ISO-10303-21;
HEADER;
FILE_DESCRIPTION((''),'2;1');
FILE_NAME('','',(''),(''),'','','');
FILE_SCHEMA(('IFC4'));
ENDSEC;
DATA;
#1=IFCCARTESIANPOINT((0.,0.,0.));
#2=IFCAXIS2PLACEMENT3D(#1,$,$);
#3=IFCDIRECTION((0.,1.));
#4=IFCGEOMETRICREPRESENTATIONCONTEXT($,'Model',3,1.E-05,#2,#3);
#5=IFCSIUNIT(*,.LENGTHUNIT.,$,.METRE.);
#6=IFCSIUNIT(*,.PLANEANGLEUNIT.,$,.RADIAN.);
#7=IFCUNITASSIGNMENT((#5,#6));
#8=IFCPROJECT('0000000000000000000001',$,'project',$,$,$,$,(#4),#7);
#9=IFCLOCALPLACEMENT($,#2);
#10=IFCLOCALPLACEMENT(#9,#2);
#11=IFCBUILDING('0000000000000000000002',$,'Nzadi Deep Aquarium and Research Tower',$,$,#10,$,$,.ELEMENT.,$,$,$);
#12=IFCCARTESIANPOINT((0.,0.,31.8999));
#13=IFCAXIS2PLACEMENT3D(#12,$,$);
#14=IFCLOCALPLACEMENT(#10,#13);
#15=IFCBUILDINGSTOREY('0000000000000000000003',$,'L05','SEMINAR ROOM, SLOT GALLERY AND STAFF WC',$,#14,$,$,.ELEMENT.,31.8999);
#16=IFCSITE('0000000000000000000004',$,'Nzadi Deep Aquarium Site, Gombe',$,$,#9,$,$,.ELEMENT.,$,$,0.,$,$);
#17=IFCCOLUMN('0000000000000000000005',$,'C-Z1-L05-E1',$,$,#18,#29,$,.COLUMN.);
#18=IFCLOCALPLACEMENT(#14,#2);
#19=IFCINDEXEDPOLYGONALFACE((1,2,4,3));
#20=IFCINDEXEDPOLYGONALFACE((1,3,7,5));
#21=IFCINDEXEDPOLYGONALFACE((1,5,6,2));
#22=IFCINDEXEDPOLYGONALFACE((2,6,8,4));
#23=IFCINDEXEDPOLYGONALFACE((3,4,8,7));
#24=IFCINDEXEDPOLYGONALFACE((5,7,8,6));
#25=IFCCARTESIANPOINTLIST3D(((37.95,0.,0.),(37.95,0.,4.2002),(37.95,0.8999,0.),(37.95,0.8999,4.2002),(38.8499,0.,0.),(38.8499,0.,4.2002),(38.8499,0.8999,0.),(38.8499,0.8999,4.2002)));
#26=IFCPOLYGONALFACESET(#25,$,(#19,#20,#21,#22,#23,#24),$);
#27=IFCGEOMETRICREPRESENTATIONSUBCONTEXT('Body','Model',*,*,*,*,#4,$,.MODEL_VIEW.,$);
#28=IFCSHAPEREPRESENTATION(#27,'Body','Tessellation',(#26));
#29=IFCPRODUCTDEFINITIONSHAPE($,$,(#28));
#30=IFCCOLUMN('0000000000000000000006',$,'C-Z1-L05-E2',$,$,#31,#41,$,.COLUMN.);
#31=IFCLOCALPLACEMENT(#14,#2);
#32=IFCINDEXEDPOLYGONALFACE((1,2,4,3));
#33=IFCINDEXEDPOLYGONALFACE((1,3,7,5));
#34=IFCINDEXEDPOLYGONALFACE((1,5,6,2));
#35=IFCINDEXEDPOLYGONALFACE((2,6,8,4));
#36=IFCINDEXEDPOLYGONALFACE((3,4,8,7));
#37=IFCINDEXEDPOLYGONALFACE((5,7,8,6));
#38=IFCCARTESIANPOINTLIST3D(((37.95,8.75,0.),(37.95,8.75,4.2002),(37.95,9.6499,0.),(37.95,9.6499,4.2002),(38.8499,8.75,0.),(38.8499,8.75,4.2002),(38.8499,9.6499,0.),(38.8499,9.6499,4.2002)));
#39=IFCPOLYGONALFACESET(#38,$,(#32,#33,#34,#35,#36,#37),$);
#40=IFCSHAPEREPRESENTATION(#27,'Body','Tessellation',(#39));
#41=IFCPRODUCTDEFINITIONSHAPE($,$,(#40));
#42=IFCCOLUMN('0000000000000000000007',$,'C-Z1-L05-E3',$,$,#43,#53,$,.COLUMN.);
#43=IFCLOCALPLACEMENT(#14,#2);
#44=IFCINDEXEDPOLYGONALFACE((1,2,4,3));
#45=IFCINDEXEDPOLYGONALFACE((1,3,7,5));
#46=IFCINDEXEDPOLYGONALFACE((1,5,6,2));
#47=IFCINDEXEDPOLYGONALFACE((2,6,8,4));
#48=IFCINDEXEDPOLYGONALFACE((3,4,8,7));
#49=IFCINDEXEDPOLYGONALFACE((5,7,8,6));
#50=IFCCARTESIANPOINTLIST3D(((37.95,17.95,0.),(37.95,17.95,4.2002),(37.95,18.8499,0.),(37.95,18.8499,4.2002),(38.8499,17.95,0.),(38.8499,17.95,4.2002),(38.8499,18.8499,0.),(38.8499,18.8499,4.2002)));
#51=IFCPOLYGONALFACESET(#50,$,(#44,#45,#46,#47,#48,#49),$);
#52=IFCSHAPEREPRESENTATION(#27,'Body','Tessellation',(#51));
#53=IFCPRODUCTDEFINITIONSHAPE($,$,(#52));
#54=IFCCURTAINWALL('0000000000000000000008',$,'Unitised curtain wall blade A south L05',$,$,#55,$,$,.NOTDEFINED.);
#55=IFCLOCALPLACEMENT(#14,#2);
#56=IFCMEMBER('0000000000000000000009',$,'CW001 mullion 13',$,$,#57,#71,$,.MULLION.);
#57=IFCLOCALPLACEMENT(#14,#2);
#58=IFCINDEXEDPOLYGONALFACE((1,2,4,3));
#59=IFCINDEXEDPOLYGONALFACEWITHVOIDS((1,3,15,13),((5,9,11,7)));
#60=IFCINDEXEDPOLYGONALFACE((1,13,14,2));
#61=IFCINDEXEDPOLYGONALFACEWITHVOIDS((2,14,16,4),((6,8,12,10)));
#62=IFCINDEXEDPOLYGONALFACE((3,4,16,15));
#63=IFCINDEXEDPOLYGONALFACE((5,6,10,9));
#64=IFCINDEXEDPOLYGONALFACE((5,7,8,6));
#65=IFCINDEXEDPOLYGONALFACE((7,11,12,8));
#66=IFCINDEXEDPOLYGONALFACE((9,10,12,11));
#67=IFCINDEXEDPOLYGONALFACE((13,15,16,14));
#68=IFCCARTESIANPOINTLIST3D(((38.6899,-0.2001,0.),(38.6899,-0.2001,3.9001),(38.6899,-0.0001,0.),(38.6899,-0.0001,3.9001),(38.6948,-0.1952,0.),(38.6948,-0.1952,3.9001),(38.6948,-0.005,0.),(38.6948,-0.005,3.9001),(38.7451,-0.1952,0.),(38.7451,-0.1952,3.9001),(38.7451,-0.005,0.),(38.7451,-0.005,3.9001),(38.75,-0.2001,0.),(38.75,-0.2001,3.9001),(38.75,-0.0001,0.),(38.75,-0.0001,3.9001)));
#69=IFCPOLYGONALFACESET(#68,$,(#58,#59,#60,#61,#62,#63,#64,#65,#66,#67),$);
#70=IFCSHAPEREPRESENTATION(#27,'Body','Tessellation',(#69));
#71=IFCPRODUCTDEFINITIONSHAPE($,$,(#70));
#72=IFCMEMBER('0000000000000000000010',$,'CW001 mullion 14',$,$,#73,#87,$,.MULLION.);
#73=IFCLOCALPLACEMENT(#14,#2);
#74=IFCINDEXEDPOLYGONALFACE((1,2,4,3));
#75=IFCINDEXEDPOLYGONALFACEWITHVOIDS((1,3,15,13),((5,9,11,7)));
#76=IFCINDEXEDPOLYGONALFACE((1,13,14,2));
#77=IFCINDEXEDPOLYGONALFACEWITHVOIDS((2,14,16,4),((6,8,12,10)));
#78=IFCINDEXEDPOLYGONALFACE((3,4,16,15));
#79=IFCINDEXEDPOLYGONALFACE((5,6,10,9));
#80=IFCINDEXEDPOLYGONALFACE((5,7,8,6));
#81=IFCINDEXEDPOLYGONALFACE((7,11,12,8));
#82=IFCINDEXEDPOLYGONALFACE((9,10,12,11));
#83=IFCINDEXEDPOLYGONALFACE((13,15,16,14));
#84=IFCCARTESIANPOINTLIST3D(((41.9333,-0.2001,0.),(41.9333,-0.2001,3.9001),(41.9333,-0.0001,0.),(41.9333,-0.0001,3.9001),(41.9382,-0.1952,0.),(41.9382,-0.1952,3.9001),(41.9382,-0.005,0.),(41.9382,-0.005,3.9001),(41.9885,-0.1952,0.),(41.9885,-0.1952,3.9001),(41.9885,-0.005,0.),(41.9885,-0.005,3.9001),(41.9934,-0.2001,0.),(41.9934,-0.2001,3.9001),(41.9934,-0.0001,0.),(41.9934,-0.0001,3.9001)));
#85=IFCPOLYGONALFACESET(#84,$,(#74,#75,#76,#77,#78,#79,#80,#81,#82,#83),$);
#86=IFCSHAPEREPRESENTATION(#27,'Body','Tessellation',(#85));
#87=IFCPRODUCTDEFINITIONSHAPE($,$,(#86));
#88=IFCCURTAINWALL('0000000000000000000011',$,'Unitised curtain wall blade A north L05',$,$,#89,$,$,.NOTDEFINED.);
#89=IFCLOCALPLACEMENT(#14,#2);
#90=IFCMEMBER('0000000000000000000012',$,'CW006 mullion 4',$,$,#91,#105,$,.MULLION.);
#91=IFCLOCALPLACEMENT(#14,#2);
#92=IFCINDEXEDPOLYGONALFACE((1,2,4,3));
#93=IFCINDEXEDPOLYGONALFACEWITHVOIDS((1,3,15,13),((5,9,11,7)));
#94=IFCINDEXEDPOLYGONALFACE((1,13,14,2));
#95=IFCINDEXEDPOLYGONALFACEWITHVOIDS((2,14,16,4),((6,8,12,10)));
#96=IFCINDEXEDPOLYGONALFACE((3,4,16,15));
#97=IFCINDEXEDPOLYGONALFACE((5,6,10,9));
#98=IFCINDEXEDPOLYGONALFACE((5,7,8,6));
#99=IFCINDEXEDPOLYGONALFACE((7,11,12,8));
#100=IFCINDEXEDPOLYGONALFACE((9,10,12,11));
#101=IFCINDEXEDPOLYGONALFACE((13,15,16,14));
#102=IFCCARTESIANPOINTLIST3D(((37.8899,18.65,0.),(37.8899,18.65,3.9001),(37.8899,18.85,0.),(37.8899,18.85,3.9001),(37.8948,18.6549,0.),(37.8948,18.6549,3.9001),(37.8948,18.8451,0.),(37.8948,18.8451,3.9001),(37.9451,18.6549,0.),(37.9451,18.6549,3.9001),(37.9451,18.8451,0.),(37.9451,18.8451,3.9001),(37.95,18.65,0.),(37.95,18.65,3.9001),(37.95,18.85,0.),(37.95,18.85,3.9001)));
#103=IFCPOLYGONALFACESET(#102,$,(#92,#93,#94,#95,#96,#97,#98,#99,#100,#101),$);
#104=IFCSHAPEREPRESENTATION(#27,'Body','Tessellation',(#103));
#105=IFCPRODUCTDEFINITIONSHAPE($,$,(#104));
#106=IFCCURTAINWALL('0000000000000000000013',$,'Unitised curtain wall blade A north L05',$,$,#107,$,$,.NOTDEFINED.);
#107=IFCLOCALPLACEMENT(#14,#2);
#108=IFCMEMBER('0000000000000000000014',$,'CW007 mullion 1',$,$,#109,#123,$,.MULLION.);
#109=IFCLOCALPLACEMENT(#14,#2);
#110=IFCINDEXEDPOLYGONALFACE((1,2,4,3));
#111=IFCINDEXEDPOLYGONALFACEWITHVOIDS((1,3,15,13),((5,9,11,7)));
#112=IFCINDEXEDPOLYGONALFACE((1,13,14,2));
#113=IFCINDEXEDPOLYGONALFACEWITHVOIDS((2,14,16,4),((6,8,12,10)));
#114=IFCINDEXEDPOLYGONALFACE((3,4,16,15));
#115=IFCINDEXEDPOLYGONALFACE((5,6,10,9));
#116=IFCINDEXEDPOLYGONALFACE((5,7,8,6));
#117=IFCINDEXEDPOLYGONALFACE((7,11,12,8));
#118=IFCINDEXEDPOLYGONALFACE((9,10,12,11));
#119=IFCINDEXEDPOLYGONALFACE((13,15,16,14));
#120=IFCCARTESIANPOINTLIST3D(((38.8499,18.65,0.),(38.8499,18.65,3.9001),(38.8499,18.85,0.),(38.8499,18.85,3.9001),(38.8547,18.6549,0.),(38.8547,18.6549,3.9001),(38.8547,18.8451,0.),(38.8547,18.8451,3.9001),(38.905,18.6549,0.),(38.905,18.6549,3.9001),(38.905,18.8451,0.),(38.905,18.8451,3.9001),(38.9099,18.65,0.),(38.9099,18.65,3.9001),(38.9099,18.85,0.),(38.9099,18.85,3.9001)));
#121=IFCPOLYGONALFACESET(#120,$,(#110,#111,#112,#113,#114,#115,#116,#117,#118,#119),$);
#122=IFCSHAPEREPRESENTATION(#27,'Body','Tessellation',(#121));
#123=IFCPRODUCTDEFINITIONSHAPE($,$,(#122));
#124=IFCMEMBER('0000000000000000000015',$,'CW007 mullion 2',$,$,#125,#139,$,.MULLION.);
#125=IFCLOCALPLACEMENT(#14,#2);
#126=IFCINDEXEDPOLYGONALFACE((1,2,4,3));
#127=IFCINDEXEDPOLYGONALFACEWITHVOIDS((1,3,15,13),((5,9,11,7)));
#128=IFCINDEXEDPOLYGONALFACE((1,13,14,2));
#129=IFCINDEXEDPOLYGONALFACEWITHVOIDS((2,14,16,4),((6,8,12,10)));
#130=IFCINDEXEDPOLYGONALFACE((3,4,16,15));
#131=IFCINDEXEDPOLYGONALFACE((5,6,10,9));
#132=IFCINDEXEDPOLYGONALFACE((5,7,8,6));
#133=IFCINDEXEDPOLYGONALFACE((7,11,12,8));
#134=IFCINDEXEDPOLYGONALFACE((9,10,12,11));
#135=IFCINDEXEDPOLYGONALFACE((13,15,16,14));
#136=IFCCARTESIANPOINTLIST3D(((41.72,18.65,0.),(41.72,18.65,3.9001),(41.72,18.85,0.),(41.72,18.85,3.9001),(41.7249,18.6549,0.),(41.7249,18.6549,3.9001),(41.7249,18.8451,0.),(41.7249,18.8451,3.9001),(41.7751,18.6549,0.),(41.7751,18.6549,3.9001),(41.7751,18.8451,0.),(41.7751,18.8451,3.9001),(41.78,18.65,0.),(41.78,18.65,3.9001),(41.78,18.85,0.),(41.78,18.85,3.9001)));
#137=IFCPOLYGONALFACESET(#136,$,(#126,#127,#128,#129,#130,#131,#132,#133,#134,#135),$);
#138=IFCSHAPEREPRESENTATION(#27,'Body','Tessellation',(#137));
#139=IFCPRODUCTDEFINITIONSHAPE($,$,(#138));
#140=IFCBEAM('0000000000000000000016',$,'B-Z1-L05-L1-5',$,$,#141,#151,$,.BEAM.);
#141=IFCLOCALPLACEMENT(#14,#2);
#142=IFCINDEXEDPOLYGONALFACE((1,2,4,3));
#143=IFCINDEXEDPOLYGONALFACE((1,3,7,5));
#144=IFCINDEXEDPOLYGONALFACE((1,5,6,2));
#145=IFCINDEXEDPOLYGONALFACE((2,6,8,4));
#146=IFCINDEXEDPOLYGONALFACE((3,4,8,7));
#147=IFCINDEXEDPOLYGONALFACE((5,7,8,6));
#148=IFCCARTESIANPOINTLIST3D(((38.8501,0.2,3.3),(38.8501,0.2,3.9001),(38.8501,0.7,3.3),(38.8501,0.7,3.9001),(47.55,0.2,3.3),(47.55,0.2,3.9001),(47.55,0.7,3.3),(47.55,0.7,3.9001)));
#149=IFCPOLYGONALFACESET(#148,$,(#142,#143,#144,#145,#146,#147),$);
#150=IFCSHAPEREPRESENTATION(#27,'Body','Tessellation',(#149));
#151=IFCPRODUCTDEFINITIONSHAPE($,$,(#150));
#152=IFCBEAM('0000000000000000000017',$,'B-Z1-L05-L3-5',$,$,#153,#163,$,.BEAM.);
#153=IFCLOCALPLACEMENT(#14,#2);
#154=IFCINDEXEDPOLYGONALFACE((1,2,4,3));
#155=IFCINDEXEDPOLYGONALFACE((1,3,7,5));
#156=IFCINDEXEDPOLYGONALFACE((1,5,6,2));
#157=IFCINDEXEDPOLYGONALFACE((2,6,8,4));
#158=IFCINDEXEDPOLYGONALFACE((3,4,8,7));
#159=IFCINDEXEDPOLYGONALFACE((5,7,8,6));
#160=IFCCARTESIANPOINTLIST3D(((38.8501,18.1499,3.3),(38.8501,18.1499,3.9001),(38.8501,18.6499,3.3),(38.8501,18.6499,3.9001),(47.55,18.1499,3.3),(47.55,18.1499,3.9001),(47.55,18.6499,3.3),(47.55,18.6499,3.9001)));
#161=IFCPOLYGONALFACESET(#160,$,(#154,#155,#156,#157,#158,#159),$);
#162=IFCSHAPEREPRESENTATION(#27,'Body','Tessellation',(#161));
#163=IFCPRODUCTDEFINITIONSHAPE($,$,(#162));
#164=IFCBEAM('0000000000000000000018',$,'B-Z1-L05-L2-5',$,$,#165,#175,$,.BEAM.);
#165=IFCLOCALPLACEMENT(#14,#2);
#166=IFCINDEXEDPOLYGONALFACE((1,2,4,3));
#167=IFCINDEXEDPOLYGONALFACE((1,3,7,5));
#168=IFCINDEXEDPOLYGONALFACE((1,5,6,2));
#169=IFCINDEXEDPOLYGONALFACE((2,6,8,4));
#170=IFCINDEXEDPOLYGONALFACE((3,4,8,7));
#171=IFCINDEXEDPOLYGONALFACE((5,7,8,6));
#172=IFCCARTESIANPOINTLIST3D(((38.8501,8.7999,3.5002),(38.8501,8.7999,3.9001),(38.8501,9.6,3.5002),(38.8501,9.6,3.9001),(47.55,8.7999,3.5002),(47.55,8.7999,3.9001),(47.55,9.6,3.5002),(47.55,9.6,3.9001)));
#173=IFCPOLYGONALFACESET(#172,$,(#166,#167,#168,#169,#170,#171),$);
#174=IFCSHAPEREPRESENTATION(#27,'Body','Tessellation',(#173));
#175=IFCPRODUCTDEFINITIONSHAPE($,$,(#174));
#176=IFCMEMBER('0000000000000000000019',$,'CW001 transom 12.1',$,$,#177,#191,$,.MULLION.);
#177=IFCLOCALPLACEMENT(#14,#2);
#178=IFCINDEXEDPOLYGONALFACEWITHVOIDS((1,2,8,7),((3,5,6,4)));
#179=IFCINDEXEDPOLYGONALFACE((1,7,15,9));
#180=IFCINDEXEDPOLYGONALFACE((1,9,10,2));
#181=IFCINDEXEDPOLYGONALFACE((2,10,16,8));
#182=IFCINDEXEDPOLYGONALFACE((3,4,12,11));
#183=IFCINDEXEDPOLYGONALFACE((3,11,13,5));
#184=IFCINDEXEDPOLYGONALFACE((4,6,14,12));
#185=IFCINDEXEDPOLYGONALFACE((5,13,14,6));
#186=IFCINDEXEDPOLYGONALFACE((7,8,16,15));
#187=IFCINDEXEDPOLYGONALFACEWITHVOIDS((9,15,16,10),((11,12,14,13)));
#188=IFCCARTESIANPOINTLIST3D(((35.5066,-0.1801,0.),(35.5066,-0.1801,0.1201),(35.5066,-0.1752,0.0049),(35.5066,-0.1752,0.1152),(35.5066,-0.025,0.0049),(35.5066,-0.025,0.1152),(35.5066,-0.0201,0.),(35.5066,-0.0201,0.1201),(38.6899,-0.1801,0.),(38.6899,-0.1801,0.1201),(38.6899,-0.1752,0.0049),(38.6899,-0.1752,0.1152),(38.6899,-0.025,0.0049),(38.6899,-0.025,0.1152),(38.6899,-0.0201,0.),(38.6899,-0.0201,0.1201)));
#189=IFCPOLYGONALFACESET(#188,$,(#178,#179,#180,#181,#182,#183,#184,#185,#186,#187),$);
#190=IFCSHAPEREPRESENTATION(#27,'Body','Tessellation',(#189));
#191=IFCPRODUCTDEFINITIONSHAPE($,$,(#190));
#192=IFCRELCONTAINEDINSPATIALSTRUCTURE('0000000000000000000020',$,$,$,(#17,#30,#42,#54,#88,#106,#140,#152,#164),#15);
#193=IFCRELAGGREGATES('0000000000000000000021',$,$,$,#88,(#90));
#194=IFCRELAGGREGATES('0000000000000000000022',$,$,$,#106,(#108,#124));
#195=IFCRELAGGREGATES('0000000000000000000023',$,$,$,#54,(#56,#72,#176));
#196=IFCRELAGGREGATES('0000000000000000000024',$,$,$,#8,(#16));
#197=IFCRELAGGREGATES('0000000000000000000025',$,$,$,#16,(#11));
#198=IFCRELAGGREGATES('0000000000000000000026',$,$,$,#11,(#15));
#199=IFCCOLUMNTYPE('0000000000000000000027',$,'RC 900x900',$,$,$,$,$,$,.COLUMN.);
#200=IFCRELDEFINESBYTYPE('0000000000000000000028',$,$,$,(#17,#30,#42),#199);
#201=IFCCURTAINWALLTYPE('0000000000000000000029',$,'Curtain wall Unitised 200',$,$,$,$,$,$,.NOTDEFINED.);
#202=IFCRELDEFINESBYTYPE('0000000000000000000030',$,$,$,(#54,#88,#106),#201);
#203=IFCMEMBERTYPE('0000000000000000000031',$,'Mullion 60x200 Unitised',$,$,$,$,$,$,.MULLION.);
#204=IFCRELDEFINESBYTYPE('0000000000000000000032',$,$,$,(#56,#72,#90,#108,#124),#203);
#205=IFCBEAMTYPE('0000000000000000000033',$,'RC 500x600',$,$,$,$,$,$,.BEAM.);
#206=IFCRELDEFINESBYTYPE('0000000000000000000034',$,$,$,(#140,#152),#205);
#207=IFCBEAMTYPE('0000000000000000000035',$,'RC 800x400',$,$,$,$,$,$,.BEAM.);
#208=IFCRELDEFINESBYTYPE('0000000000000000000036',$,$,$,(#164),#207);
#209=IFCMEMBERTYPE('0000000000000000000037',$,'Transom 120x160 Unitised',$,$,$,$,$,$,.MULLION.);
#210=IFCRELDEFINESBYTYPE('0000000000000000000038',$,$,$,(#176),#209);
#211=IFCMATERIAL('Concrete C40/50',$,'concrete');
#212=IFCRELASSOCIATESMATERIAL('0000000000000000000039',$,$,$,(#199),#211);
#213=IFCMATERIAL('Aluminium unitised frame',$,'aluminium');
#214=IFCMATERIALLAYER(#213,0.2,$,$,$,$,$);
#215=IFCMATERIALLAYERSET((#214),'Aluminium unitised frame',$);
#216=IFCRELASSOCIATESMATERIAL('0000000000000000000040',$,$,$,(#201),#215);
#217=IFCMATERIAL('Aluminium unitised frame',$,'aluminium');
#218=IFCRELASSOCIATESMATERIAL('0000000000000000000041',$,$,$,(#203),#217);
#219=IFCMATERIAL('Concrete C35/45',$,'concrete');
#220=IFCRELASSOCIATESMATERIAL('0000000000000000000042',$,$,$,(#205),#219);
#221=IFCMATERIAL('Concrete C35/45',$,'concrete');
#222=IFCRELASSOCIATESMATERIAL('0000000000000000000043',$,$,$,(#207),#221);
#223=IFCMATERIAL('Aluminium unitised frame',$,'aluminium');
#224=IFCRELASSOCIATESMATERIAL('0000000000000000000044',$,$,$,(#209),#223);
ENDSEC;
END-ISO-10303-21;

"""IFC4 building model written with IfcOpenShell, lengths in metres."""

from ifc_helpers import new_model, si_unit, direction, frame, origin, origin_2d, place, context, subcontext, project, spatial, rectangle, hollow_rectangle, extrude, material, layer, layer_set, material_profile, profile_set, type_object, element, aggregate, save


model = new_model("IFC4")

# Units and contexts
model_context = context("Model", 3, precision=1e-05, world=origin(), true_north=direction((0.0, 1.0)))
body_context = subcontext(model_context, "Body", "Model", "MODEL_VIEW")
ifc_project = project(units=[si_unit("LENGTHUNIT", "METRE"), si_unit("PLANEANGLEUNIT", "RADIAN")], contexts=[model_context])

# Site, building, storey
site_placement = place(None, origin())
site = spatial("IfcSite", under=ifc_project, at=site_placement, Name="Nzadi Deep Aquarium Site, Gombe", CompositionType="ELEMENT", RefElevation=0.0)
building_placement = place(site_placement, origin())
building = spatial("IfcBuilding", under=site, at=building_placement, Name="Nzadi Deep Aquarium and Research Tower", CompositionType="ELEMENT")
storey_placement = place(building_placement, frame((0.0, 0.0, 31.8999)))
storey = spatial("IfcBuildingStorey", under=building, at=storey_placement, Name="L05", Description="SEMINAR ROOM, SLOT GALLERY AND STAFF WC", CompositionType="ELEMENT", Elevation=31.8999)

# Columns
ifc_material_1 = material(Name="Concrete C40/50", Category="concrete")
ifc_material_profile_1 = material_profile(ifc_material_1, rectangle(XDim=0.8999, YDim=0.8999, at=origin_2d()))
ifc_profile_set_1 = profile_set([ifc_material_profile_1], Name="Concrete C40/50")
column_type = type_object("IfcColumnType", Name="RC 900x900", PredefinedType="COLUMN", material=ifc_profile_set_1)
for number, where, z_axis, x_axis, name in (
    (1, (38.3999, 0.45, 0.0), (0.0, 0.0, 1.0), (1.0, 0.0, 0.0), "C-Z1-L05-E1"),
    (2, (38.3999, 9.2, 0.0), (0.0, 0.0, 1.0), (1.0, 0.0, 0.0), "C-Z1-L05-E2"),
    (3, (38.3999, 18.3999, 0.0), (0.0, 0.0, 1.0), (1.0, 0.0, 0.0), "C-Z1-L05-E3"),
):
    element("IfcColumn", number, at=place(storey_placement, frame(where, z_axis=z_axis, x_axis=x_axis)), inside=storey, type_object=column_type, Name=name, PredefinedType="COLUMN", context=body_context, shape_type="SweptSolid", body=[
        extrude(rectangle(XDim=0.8999, YDim=0.8999, at=origin_2d()), origin(), (0.0, 0.0, 1.0), 4.2002),
    ])

# Curtain wall, members
ifc_material_2 = material(Name="Aluminium unitised frame", Category="aluminium")
ifc_layer_1 = layer(ifc_material_2, 0.2)
ifc_layer_set_1 = layer_set([ifc_layer_1], Name="Aluminium unitised frame")
curtain_wall_type = type_object("IfcCurtainWallType", Name="Curtain wall Unitised 200", PredefinedType="NOTDEFINED", material=ifc_layer_set_1)
curtain_wall_1_placement = place(storey_placement, origin())
curtain_wall_1 = element("IfcCurtainWall", 4, at=curtain_wall_1_placement, inside=storey, type_object=curtain_wall_type, Name="Unitised curtain wall blade A south L05", PredefinedType="NOTDEFINED")
ifc_material_3 = material(Name="Aluminium unitised frame", Category="aluminium")
ifc_material_profile_2 = material_profile(ifc_material_3, hollow_rectangle(XDim=0.2, YDim=0.0601, WallThickness=0.0049, at=origin_2d()))
ifc_profile_set_2 = profile_set([ifc_material_profile_2], Name="Aluminium unitised frame")
member_type_1 = type_object("IfcMemberType", Name="Mullion 60x200 Unitised", PredefinedType="MULLION", material=ifc_profile_set_2)
member_1_placement = place(storey_placement, frame((38.72, -0.1001, 0.0), z_axis=(0.0, 0.0, 1.0), x_axis=(0.0, 1.0, 0.0)))
member_1 = element("IfcMember", 5, at=member_1_placement, type_object=member_type_1, Name="CW001 mullion 13", PredefinedType="MULLION", context=body_context, shape_type="SweptSolid", body=[
    extrude(hollow_rectangle(XDim=0.2, YDim=0.0601, WallThickness=0.0049, at=origin_2d()), origin(), (0.0, 0.0, 1.0), 3.9001),
])
member_2_placement = place(storey_placement, frame((41.9634, -0.1001, 0.0), z_axis=(0.0, 0.0, 1.0), x_axis=(0.0, 1.0, 0.0)))
member_2 = element("IfcMember", 6, at=member_2_placement, type_object=member_type_1, Name="CW001 mullion 14", PredefinedType="MULLION", context=body_context, shape_type="SweptSolid", body=[
    extrude(hollow_rectangle(XDim=0.2, YDim=0.0601, WallThickness=0.0049, at=origin_2d()), origin(), (0.0, 0.0, 1.0), 3.9001),
])

# Curtain wall, member
curtain_wall_2_placement = place(storey_placement, origin())
curtain_wall_2 = element("IfcCurtainWall", 7, at=curtain_wall_2_placement, inside=storey, type_object=curtain_wall_type, Name="Unitised curtain wall blade A north L05", PredefinedType="NOTDEFINED")
member_3_placement = place(storey_placement, frame((37.9199, 18.75, 0.0), z_axis=(0.0, 0.0, 1.0), x_axis=(0.0, 1.0, 0.0)))
member_3 = element("IfcMember", 8, at=member_3_placement, type_object=member_type_1, Name="CW006 mullion 4", PredefinedType="MULLION", context=body_context, shape_type="SweptSolid", body=[
    extrude(hollow_rectangle(XDim=0.2, YDim=0.0601, WallThickness=0.0049, at=origin_2d()), origin(), (0.0, 0.0, 1.0), 3.9001),
])

# Curtain wall, members
curtain_wall_3_placement = place(storey_placement, origin())
curtain_wall_3 = element("IfcCurtainWall", 9, at=curtain_wall_3_placement, inside=storey, type_object=curtain_wall_type, Name="Unitised curtain wall blade A north L05", PredefinedType="NOTDEFINED")
member_4_placement = place(storey_placement, frame((38.8799, 18.75, 0.0), z_axis=(0.0, 0.0, 1.0), x_axis=(0.0, 1.0, 0.0)))
member_4 = element("IfcMember", 10, at=member_4_placement, type_object=member_type_1, Name="CW007 mullion 1", PredefinedType="MULLION", context=body_context, shape_type="SweptSolid", body=[
    extrude(hollow_rectangle(XDim=0.2, YDim=0.0601, WallThickness=0.0049, at=origin_2d()), origin(), (0.0, 0.0, 1.0), 3.9001),
])
member_5_placement = place(storey_placement, frame((41.75, 18.75, 0.0), z_axis=(0.0, 0.0, 1.0), x_axis=(0.0, 1.0, 0.0)))
member_5 = element("IfcMember", 11, at=member_5_placement, type_object=member_type_1, Name="CW007 mullion 2", PredefinedType="MULLION", context=body_context, shape_type="SweptSolid", body=[
    extrude(hollow_rectangle(XDim=0.2, YDim=0.0601, WallThickness=0.0049, at=origin_2d()), origin(), (0.0, 0.0, 1.0), 3.9001),
])

# Beams
ifc_material_4 = material(Name="Concrete C35/45", Category="concrete")
ifc_material_profile_3 = material_profile(ifc_material_4, rectangle(XDim=0.5, YDim=0.6001, at=origin_2d()))
ifc_profile_set_3 = profile_set([ifc_material_profile_3], Name="Concrete C35/45")
beam_type_1 = type_object("IfcBeamType", Name="RC 500x600", PredefinedType="BEAM", material=ifc_profile_set_3)
for number, where, z_axis, x_axis, name in (
    (12, (38.8501, 0.45, 3.6001), (1.0, 0.0, 0.0), (0.0, 1.0, 0.0), "B-Z1-L05-L1-5"),
    (13, (38.8501, 18.3999, 3.6001), (1.0, 0.0, 0.0), (0.0, 1.0, 0.0), "B-Z1-L05-L3-5"),
):
    element("IfcBeam", number, at=place(storey_placement, frame(where, z_axis=z_axis, x_axis=x_axis)), inside=storey, type_object=beam_type_1, Name=name, PredefinedType="BEAM", context=body_context, shape_type="SweptSolid", body=[
        extrude(rectangle(XDim=0.5, YDim=0.6001, at=origin_2d()), origin(), (0.0, 0.0, 1.0), 8.7),
    ])
ifc_material_5 = material(Name="Concrete C35/45", Category="concrete")
ifc_material_profile_4 = material_profile(ifc_material_5, rectangle(XDim=0.8, YDim=0.3999, at=origin_2d()))
ifc_profile_set_4 = profile_set([ifc_material_profile_4], Name="Concrete C35/45")
beam_type_2 = type_object("IfcBeamType", Name="RC 800x400", PredefinedType="BEAM", material=ifc_profile_set_4)
beam_placement = place(storey_placement, frame((38.8501, 9.2, 3.7002), z_axis=(1.0, 0.0, 0.0), x_axis=(0.0, 1.0, 0.0)))
element("IfcBeam", 14, at=beam_placement, inside=storey, type_object=beam_type_2, Name="B-Z1-L05-L2-5", PredefinedType="BEAM", context=body_context, shape_type="SweptSolid", body=[
    extrude(rectangle(XDim=0.8, YDim=0.3999, at=origin_2d()), origin(), (0.0, 0.0, 1.0), 8.7),
])

# Member
ifc_material_6 = material(Name="Aluminium unitised frame", Category="aluminium")
ifc_material_profile_5 = material_profile(ifc_material_6, hollow_rectangle(XDim=0.1599, YDim=0.1201, WallThickness=0.0049, at=origin_2d()))
ifc_profile_set_5 = profile_set([ifc_material_profile_5], Name="Aluminium unitised frame")
member_type_2 = type_object("IfcMemberType", Name="Transom 120x160 Unitised", PredefinedType="MULLION", material=ifc_profile_set_5)
member_6_placement = place(storey_placement, frame((35.5066, -0.1001, 0.0601), z_axis=(1.0, 0.0, 0.0), x_axis=(0.0, 1.0, 0.0)))
member_6 = element("IfcMember", 15, at=member_6_placement, type_object=member_type_2, Name="CW001 transom 12.1", PredefinedType="MULLION", context=body_context, shape_type="SweptSolid", body=[
    extrude(hollow_rectangle(XDim=0.1599, YDim=0.1201, WallThickness=0.0049, at=origin_2d()), origin(), (0.0, 0.0, 1.0), 3.1833),
])

aggregate(curtain_wall_2, [member_3])
aggregate(curtain_wall_3, [member_4, member_5])
aggregate(curtain_wall_1, [member_1, member_2, member_6])

save(model, "model.ifc")
